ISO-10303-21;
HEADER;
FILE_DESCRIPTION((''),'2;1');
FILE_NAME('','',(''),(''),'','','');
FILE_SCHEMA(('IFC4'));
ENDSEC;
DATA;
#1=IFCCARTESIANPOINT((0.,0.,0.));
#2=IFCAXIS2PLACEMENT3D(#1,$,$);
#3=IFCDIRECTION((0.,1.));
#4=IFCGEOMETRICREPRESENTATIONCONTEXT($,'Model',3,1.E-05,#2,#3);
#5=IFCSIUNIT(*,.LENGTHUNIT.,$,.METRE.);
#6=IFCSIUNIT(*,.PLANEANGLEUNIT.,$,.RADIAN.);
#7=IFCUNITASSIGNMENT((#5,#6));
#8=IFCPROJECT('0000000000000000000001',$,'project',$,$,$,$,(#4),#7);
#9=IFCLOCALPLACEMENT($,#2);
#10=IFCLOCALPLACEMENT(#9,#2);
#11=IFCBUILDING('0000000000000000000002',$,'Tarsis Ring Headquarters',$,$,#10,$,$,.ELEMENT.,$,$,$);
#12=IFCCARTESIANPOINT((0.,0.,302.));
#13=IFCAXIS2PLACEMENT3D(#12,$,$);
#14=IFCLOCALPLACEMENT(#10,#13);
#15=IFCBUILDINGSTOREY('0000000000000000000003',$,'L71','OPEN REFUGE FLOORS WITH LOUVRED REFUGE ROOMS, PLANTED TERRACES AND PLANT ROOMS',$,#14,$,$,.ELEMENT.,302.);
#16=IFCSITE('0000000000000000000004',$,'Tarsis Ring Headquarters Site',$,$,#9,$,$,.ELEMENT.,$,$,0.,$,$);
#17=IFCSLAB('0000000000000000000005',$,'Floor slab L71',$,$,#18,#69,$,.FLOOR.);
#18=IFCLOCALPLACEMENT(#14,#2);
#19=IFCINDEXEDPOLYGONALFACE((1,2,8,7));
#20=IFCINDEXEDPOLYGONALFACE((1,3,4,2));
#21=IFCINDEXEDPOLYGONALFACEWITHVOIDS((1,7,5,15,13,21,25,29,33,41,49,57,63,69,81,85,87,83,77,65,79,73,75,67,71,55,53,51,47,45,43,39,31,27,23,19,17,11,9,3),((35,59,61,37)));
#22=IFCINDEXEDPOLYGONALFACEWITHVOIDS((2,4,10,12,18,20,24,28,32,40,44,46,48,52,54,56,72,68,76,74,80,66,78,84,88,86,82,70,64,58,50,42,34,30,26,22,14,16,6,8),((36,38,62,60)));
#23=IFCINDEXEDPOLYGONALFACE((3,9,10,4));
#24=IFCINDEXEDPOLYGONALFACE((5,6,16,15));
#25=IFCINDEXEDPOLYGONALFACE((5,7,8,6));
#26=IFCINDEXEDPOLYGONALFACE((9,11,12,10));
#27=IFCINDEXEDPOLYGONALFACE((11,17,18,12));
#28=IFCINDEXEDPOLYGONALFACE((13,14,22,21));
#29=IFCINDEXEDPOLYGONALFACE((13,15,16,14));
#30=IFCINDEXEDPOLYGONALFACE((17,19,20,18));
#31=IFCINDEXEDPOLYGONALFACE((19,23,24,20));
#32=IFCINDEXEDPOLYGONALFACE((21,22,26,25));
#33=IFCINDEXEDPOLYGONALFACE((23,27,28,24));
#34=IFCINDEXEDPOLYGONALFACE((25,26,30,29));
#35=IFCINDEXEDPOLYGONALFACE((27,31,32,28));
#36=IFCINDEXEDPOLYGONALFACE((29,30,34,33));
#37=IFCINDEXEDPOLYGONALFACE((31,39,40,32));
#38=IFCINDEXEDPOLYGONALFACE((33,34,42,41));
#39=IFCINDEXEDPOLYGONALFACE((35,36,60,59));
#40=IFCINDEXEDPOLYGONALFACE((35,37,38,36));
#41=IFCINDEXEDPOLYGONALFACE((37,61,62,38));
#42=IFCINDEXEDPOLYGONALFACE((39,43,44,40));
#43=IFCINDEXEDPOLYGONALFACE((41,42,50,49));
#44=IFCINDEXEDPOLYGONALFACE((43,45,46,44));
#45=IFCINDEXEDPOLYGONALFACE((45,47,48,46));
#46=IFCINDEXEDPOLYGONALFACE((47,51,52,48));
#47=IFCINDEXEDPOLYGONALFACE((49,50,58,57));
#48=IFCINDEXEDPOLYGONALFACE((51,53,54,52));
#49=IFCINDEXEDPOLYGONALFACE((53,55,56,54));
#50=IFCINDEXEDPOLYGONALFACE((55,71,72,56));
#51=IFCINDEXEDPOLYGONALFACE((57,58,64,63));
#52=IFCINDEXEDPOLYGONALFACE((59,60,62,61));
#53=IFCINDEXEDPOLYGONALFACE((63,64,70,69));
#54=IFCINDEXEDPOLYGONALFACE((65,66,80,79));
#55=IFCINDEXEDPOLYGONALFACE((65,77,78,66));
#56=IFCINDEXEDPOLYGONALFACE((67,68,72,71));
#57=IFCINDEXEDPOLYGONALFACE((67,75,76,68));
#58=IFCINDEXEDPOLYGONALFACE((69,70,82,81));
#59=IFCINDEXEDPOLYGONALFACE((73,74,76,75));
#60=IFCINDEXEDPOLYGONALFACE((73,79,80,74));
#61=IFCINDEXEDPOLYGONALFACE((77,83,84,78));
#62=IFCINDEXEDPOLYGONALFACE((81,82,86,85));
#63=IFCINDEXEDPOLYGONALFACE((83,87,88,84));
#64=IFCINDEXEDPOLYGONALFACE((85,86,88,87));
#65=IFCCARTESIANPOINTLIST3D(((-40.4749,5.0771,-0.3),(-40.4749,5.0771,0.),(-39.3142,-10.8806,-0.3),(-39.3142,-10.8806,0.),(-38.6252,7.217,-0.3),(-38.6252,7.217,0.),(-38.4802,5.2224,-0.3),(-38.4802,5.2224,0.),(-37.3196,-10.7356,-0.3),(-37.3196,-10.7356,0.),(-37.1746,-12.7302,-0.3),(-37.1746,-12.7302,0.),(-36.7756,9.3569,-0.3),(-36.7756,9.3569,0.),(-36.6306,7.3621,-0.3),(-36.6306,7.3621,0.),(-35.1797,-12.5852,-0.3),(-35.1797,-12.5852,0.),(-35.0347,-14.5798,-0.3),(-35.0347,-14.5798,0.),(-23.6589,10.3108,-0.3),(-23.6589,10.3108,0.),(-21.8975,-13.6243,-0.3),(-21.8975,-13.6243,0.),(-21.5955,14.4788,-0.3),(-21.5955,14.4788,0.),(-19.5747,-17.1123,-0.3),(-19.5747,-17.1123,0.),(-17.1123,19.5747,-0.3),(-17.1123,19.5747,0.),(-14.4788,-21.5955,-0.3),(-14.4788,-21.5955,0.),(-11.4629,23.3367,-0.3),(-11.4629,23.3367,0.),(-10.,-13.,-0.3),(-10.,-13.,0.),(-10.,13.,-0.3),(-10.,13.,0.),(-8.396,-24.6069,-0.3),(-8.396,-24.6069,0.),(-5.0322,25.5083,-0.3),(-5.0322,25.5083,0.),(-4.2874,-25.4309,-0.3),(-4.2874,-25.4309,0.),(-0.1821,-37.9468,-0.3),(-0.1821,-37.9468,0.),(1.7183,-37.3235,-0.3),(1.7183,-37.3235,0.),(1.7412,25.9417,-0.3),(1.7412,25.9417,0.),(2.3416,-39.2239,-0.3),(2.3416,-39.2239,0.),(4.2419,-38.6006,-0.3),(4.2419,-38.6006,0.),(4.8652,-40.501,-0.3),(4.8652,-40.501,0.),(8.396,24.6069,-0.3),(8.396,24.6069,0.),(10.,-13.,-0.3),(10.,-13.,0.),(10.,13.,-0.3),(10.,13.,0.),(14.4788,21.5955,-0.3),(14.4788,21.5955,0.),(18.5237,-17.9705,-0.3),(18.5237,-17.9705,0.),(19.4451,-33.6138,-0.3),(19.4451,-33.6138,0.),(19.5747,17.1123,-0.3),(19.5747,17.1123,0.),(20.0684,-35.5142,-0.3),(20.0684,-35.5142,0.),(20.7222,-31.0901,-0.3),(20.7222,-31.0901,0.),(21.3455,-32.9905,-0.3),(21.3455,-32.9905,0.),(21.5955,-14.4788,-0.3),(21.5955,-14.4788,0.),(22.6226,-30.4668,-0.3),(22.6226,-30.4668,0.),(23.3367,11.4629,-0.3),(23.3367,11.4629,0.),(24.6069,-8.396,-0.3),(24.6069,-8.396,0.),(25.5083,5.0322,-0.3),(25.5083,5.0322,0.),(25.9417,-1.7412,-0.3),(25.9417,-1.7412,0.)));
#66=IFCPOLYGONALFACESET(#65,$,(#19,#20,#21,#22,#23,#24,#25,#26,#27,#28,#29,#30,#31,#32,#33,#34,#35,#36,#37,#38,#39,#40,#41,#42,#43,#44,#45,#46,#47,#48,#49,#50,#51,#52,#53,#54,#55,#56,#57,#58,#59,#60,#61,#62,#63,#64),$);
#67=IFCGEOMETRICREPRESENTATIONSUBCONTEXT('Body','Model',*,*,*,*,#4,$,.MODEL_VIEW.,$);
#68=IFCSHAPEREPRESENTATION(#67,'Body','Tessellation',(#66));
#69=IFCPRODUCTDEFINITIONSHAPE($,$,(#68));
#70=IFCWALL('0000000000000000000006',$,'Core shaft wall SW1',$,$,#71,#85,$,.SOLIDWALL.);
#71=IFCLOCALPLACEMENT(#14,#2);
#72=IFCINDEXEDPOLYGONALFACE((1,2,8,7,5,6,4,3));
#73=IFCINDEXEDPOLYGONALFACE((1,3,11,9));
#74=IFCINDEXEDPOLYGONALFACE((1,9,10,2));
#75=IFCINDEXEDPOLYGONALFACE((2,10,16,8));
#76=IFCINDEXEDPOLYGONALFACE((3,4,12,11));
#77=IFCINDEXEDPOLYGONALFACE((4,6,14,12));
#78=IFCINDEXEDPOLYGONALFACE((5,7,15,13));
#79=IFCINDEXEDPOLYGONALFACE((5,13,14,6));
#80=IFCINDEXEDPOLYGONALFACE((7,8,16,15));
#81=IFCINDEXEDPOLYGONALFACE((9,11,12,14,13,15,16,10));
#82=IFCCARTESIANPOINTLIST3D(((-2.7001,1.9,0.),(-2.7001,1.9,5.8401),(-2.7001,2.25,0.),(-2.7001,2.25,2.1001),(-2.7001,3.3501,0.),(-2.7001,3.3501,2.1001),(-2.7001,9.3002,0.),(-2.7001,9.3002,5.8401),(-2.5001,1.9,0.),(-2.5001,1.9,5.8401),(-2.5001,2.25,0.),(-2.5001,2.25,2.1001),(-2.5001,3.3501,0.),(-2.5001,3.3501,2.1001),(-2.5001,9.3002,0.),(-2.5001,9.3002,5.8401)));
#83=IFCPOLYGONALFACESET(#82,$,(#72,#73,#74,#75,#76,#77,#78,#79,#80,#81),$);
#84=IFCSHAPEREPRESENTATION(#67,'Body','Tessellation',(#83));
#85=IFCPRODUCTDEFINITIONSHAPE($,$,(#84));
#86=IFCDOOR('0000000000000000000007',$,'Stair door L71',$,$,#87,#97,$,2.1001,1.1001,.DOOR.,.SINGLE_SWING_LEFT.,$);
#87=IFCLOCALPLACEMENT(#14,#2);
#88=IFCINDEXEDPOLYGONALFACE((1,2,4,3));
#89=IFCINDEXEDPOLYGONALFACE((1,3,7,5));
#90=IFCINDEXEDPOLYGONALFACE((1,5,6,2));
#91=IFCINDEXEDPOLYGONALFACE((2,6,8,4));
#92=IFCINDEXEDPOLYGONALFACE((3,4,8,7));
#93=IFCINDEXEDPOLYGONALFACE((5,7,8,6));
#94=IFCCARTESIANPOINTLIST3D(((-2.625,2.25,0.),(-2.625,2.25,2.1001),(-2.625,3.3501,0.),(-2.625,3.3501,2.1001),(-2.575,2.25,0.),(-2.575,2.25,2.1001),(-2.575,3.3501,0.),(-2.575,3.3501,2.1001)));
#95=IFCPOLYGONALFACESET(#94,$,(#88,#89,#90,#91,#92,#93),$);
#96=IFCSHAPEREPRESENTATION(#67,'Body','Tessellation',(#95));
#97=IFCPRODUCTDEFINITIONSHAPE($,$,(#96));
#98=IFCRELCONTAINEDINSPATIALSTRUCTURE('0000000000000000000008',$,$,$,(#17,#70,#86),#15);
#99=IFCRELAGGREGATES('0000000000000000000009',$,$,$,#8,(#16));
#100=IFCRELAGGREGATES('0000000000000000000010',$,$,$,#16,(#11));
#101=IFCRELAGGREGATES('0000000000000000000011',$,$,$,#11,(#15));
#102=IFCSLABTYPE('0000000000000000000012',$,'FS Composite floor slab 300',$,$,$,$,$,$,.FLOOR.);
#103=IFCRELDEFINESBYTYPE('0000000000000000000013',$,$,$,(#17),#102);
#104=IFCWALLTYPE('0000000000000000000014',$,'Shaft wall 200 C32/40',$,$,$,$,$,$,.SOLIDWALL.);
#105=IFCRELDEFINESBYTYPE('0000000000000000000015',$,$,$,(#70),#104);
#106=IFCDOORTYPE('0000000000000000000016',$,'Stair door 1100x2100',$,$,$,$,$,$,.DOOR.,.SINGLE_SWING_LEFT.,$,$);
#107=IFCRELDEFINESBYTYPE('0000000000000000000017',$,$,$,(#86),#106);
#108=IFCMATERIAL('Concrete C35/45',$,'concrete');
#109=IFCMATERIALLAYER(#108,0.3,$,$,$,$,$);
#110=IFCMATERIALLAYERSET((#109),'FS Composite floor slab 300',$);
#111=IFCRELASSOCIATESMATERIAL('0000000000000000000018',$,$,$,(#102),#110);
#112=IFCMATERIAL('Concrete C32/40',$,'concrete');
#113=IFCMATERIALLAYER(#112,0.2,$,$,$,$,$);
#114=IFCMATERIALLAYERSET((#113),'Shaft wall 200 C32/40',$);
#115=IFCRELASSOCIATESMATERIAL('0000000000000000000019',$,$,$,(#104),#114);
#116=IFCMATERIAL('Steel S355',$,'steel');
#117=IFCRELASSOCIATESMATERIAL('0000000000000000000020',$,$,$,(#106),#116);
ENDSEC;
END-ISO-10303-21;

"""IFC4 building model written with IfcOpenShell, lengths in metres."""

from ifc_helpers import new_model, si_unit, direction, frame, frame_2d, origin, place, context, subcontext, project, spatial, polyline, rectangle, outline, extrude, material, layer, layer_set, type_object, element, fill, save


model = new_model("IFC4")

# Units and contexts
model_context = context("Model", 3, precision=1e-05, world=origin(), true_north=direction((0.0, 1.0)))
body_context = subcontext(model_context, "Body", "Model", "MODEL_VIEW")
ifc_project = project(units=[si_unit("LENGTHUNIT", "METRE"), si_unit("PLANEANGLEUNIT", "RADIAN")], contexts=[model_context])

# Site, building, storey
site_placement = place(None, origin())
site = spatial("IfcSite", under=ifc_project, at=site_placement, Name="Tarsis Ring Headquarters Site", CompositionType="ELEMENT", RefElevation=0.0)
building_placement = place(site_placement, origin())
building = spatial("IfcBuilding", under=site, at=building_placement, Name="Tarsis Ring Headquarters", CompositionType="ELEMENT")
storey_placement = place(building_placement, frame((0.0, 0.0, 302.0)))
storey = spatial("IfcBuildingStorey", under=building, at=storey_placement, Name="L71", Description="OPEN REFUGE FLOORS WITH LOUVRED REFUGE ROOMS, PLANTED TERRACES AND PLANT ROOMS", CompositionType="ELEMENT", Elevation=302.0)

# Slab
ifc_material_1 = material(Name="Concrete C35/45", Category="concrete")
ifc_layer_1 = layer(ifc_material_1, 0.3)
ifc_layer_set_1 = layer_set([ifc_layer_1], Name="FS Composite floor slab 300")
slab_type_1 = type_object("IfcSlabType", Name="FS Composite floor slab 300", PredefinedType="FLOOR", material=ifc_layer_set_1)
slab_1_placement = place(storey_placement, frame((0.0, 0.0, -0.3)))
element("IfcSlab", 1, at=slab_1_placement, inside=storey, type_object=slab_type_1, Name="Floor slab L71", PredefinedType="FLOOR", context=body_context, shape_type="SweptSolid", body=[
    extrude(outline(polyline([(-21.8975, -13.6243), (-19.5747, -17.1123), (-14.4788, -21.5955), (-8.396, -24.6069), (-4.2874, -25.4309), (-0.1821, -37.9468), (1.7183, -37.3235), (2.3416, -39.2239), (4.2419, -38.6006), (4.8652, -40.501), (20.0684, -35.5142), (19.4451, -33.6138), (21.3455, -32.9905), (20.7222, -31.0901), (22.6226, -30.4668), (18.5237, -17.9705), (21.5955, -14.4788), (24.6069, -8.396), (25.9417, -1.7412), (25.5083, 5.0322), (23.3367, 11.4629), (19.5747, 17.1123), (14.4788, 21.5955), (8.396, 24.6069), (1.7412, 25.9417), (-5.0322, 25.5083), (-11.4629, 23.3367), (-17.1123, 19.5747), (-21.5955, 14.4788), (-23.6589, 10.3108), (-36.7756, 9.3569), (-36.6306, 7.3621), (-38.6252, 7.217), (-38.4802, 5.2224), (-40.4749, 5.0771), (-39.3142, -10.8806), (-37.3196, -10.7356), (-37.1746, -12.7302), (-35.1797, -12.5852), (-35.0347, -14.5798), (-21.8975, -13.6243)]), holes=[polyline([(-10.0, -13.0), (-10.0, 13.0), (10.0, 13.0), (10.0, -13.0), (-10.0, -13.0)])]), origin(), (0.0, 0.0, 1.0), 0.3),
])

# Wall, opening, door
ifc_material_2 = material(Name="Concrete C32/40", Category="concrete")
ifc_layer_2 = layer(ifc_material_2, 0.2)
ifc_layer_set_2 = layer_set([ifc_layer_2], Name="Shaft wall 200 C32/40")
wall_type = type_object("IfcWallType", Name="Shaft wall 200 C32/40", PredefinedType="SOLIDWALL", material=ifc_layer_set_2)
wall_placement = place(storey_placement, frame((-2.6001, 1.8999, 0.0), z_axis=(0.0, 0.0, 1.0), x_axis=(0.0, 1.0, 0.0)))
wall = element("IfcWall", 2, at=wall_placement, inside=storey, type_object=wall_type, Name="Core shaft wall SW1", PredefinedType="SOLIDWALL", context=body_context, shape_type="SweptSolid", body=[
    extrude(rectangle(XDim=7.4001, YDim=0.2, at=frame_2d((3.7002, 0.0))), origin(), (0.0, 0.0, 1.0), 5.8401),
])
opening_placement = place(wall_placement, frame((0.3501, 0.0, 0.0)))
opening = element("IfcOpeningElement", 3, at=opening_placement, cuts=wall, PredefinedType="OPENING", context=body_context, shape_type="SweptSolid", body=[
    extrude(rectangle(XDim=1.1001, YDim=2.1001, at=frame_2d((0.55, 1.05))), frame((0.0, 0.1099, 0.0), z_axis=(0.0, -1.0, 0.0), x_axis=(1.0, 0.0, 0.0)), (0.0, 0.0, 1.0), 0.22),
])
ifc_material_3 = material(Name="Steel S355", Category="steel")
door_type = type_object("IfcDoorType", Name="Stair door 1100x2100", OperationType="SINGLE_SWING_LEFT", PredefinedType="DOOR", material=ifc_material_3)
door_placement = place(opening_placement, origin())
door = element("IfcDoor", 4, at=door_placement, inside=storey, type_object=door_type, Name="Stair door L71", OperationType="SINGLE_SWING_LEFT", OverallHeight=2.1001, OverallWidth=1.1001, PredefinedType="DOOR", context=body_context, shape_type="SweptSolid", body=[
    extrude(rectangle(XDim=1.1001, YDim=2.1001, at=frame_2d((0.55, 1.05))), frame((0.0, 0.0249, 0.0), z_axis=(0.0, -1.0, 0.0), x_axis=(1.0, 0.0, 0.0)), (0.0, 0.0, 1.0), 0.05),
])
fill(opening, door)

save(model, "model.ifc")
